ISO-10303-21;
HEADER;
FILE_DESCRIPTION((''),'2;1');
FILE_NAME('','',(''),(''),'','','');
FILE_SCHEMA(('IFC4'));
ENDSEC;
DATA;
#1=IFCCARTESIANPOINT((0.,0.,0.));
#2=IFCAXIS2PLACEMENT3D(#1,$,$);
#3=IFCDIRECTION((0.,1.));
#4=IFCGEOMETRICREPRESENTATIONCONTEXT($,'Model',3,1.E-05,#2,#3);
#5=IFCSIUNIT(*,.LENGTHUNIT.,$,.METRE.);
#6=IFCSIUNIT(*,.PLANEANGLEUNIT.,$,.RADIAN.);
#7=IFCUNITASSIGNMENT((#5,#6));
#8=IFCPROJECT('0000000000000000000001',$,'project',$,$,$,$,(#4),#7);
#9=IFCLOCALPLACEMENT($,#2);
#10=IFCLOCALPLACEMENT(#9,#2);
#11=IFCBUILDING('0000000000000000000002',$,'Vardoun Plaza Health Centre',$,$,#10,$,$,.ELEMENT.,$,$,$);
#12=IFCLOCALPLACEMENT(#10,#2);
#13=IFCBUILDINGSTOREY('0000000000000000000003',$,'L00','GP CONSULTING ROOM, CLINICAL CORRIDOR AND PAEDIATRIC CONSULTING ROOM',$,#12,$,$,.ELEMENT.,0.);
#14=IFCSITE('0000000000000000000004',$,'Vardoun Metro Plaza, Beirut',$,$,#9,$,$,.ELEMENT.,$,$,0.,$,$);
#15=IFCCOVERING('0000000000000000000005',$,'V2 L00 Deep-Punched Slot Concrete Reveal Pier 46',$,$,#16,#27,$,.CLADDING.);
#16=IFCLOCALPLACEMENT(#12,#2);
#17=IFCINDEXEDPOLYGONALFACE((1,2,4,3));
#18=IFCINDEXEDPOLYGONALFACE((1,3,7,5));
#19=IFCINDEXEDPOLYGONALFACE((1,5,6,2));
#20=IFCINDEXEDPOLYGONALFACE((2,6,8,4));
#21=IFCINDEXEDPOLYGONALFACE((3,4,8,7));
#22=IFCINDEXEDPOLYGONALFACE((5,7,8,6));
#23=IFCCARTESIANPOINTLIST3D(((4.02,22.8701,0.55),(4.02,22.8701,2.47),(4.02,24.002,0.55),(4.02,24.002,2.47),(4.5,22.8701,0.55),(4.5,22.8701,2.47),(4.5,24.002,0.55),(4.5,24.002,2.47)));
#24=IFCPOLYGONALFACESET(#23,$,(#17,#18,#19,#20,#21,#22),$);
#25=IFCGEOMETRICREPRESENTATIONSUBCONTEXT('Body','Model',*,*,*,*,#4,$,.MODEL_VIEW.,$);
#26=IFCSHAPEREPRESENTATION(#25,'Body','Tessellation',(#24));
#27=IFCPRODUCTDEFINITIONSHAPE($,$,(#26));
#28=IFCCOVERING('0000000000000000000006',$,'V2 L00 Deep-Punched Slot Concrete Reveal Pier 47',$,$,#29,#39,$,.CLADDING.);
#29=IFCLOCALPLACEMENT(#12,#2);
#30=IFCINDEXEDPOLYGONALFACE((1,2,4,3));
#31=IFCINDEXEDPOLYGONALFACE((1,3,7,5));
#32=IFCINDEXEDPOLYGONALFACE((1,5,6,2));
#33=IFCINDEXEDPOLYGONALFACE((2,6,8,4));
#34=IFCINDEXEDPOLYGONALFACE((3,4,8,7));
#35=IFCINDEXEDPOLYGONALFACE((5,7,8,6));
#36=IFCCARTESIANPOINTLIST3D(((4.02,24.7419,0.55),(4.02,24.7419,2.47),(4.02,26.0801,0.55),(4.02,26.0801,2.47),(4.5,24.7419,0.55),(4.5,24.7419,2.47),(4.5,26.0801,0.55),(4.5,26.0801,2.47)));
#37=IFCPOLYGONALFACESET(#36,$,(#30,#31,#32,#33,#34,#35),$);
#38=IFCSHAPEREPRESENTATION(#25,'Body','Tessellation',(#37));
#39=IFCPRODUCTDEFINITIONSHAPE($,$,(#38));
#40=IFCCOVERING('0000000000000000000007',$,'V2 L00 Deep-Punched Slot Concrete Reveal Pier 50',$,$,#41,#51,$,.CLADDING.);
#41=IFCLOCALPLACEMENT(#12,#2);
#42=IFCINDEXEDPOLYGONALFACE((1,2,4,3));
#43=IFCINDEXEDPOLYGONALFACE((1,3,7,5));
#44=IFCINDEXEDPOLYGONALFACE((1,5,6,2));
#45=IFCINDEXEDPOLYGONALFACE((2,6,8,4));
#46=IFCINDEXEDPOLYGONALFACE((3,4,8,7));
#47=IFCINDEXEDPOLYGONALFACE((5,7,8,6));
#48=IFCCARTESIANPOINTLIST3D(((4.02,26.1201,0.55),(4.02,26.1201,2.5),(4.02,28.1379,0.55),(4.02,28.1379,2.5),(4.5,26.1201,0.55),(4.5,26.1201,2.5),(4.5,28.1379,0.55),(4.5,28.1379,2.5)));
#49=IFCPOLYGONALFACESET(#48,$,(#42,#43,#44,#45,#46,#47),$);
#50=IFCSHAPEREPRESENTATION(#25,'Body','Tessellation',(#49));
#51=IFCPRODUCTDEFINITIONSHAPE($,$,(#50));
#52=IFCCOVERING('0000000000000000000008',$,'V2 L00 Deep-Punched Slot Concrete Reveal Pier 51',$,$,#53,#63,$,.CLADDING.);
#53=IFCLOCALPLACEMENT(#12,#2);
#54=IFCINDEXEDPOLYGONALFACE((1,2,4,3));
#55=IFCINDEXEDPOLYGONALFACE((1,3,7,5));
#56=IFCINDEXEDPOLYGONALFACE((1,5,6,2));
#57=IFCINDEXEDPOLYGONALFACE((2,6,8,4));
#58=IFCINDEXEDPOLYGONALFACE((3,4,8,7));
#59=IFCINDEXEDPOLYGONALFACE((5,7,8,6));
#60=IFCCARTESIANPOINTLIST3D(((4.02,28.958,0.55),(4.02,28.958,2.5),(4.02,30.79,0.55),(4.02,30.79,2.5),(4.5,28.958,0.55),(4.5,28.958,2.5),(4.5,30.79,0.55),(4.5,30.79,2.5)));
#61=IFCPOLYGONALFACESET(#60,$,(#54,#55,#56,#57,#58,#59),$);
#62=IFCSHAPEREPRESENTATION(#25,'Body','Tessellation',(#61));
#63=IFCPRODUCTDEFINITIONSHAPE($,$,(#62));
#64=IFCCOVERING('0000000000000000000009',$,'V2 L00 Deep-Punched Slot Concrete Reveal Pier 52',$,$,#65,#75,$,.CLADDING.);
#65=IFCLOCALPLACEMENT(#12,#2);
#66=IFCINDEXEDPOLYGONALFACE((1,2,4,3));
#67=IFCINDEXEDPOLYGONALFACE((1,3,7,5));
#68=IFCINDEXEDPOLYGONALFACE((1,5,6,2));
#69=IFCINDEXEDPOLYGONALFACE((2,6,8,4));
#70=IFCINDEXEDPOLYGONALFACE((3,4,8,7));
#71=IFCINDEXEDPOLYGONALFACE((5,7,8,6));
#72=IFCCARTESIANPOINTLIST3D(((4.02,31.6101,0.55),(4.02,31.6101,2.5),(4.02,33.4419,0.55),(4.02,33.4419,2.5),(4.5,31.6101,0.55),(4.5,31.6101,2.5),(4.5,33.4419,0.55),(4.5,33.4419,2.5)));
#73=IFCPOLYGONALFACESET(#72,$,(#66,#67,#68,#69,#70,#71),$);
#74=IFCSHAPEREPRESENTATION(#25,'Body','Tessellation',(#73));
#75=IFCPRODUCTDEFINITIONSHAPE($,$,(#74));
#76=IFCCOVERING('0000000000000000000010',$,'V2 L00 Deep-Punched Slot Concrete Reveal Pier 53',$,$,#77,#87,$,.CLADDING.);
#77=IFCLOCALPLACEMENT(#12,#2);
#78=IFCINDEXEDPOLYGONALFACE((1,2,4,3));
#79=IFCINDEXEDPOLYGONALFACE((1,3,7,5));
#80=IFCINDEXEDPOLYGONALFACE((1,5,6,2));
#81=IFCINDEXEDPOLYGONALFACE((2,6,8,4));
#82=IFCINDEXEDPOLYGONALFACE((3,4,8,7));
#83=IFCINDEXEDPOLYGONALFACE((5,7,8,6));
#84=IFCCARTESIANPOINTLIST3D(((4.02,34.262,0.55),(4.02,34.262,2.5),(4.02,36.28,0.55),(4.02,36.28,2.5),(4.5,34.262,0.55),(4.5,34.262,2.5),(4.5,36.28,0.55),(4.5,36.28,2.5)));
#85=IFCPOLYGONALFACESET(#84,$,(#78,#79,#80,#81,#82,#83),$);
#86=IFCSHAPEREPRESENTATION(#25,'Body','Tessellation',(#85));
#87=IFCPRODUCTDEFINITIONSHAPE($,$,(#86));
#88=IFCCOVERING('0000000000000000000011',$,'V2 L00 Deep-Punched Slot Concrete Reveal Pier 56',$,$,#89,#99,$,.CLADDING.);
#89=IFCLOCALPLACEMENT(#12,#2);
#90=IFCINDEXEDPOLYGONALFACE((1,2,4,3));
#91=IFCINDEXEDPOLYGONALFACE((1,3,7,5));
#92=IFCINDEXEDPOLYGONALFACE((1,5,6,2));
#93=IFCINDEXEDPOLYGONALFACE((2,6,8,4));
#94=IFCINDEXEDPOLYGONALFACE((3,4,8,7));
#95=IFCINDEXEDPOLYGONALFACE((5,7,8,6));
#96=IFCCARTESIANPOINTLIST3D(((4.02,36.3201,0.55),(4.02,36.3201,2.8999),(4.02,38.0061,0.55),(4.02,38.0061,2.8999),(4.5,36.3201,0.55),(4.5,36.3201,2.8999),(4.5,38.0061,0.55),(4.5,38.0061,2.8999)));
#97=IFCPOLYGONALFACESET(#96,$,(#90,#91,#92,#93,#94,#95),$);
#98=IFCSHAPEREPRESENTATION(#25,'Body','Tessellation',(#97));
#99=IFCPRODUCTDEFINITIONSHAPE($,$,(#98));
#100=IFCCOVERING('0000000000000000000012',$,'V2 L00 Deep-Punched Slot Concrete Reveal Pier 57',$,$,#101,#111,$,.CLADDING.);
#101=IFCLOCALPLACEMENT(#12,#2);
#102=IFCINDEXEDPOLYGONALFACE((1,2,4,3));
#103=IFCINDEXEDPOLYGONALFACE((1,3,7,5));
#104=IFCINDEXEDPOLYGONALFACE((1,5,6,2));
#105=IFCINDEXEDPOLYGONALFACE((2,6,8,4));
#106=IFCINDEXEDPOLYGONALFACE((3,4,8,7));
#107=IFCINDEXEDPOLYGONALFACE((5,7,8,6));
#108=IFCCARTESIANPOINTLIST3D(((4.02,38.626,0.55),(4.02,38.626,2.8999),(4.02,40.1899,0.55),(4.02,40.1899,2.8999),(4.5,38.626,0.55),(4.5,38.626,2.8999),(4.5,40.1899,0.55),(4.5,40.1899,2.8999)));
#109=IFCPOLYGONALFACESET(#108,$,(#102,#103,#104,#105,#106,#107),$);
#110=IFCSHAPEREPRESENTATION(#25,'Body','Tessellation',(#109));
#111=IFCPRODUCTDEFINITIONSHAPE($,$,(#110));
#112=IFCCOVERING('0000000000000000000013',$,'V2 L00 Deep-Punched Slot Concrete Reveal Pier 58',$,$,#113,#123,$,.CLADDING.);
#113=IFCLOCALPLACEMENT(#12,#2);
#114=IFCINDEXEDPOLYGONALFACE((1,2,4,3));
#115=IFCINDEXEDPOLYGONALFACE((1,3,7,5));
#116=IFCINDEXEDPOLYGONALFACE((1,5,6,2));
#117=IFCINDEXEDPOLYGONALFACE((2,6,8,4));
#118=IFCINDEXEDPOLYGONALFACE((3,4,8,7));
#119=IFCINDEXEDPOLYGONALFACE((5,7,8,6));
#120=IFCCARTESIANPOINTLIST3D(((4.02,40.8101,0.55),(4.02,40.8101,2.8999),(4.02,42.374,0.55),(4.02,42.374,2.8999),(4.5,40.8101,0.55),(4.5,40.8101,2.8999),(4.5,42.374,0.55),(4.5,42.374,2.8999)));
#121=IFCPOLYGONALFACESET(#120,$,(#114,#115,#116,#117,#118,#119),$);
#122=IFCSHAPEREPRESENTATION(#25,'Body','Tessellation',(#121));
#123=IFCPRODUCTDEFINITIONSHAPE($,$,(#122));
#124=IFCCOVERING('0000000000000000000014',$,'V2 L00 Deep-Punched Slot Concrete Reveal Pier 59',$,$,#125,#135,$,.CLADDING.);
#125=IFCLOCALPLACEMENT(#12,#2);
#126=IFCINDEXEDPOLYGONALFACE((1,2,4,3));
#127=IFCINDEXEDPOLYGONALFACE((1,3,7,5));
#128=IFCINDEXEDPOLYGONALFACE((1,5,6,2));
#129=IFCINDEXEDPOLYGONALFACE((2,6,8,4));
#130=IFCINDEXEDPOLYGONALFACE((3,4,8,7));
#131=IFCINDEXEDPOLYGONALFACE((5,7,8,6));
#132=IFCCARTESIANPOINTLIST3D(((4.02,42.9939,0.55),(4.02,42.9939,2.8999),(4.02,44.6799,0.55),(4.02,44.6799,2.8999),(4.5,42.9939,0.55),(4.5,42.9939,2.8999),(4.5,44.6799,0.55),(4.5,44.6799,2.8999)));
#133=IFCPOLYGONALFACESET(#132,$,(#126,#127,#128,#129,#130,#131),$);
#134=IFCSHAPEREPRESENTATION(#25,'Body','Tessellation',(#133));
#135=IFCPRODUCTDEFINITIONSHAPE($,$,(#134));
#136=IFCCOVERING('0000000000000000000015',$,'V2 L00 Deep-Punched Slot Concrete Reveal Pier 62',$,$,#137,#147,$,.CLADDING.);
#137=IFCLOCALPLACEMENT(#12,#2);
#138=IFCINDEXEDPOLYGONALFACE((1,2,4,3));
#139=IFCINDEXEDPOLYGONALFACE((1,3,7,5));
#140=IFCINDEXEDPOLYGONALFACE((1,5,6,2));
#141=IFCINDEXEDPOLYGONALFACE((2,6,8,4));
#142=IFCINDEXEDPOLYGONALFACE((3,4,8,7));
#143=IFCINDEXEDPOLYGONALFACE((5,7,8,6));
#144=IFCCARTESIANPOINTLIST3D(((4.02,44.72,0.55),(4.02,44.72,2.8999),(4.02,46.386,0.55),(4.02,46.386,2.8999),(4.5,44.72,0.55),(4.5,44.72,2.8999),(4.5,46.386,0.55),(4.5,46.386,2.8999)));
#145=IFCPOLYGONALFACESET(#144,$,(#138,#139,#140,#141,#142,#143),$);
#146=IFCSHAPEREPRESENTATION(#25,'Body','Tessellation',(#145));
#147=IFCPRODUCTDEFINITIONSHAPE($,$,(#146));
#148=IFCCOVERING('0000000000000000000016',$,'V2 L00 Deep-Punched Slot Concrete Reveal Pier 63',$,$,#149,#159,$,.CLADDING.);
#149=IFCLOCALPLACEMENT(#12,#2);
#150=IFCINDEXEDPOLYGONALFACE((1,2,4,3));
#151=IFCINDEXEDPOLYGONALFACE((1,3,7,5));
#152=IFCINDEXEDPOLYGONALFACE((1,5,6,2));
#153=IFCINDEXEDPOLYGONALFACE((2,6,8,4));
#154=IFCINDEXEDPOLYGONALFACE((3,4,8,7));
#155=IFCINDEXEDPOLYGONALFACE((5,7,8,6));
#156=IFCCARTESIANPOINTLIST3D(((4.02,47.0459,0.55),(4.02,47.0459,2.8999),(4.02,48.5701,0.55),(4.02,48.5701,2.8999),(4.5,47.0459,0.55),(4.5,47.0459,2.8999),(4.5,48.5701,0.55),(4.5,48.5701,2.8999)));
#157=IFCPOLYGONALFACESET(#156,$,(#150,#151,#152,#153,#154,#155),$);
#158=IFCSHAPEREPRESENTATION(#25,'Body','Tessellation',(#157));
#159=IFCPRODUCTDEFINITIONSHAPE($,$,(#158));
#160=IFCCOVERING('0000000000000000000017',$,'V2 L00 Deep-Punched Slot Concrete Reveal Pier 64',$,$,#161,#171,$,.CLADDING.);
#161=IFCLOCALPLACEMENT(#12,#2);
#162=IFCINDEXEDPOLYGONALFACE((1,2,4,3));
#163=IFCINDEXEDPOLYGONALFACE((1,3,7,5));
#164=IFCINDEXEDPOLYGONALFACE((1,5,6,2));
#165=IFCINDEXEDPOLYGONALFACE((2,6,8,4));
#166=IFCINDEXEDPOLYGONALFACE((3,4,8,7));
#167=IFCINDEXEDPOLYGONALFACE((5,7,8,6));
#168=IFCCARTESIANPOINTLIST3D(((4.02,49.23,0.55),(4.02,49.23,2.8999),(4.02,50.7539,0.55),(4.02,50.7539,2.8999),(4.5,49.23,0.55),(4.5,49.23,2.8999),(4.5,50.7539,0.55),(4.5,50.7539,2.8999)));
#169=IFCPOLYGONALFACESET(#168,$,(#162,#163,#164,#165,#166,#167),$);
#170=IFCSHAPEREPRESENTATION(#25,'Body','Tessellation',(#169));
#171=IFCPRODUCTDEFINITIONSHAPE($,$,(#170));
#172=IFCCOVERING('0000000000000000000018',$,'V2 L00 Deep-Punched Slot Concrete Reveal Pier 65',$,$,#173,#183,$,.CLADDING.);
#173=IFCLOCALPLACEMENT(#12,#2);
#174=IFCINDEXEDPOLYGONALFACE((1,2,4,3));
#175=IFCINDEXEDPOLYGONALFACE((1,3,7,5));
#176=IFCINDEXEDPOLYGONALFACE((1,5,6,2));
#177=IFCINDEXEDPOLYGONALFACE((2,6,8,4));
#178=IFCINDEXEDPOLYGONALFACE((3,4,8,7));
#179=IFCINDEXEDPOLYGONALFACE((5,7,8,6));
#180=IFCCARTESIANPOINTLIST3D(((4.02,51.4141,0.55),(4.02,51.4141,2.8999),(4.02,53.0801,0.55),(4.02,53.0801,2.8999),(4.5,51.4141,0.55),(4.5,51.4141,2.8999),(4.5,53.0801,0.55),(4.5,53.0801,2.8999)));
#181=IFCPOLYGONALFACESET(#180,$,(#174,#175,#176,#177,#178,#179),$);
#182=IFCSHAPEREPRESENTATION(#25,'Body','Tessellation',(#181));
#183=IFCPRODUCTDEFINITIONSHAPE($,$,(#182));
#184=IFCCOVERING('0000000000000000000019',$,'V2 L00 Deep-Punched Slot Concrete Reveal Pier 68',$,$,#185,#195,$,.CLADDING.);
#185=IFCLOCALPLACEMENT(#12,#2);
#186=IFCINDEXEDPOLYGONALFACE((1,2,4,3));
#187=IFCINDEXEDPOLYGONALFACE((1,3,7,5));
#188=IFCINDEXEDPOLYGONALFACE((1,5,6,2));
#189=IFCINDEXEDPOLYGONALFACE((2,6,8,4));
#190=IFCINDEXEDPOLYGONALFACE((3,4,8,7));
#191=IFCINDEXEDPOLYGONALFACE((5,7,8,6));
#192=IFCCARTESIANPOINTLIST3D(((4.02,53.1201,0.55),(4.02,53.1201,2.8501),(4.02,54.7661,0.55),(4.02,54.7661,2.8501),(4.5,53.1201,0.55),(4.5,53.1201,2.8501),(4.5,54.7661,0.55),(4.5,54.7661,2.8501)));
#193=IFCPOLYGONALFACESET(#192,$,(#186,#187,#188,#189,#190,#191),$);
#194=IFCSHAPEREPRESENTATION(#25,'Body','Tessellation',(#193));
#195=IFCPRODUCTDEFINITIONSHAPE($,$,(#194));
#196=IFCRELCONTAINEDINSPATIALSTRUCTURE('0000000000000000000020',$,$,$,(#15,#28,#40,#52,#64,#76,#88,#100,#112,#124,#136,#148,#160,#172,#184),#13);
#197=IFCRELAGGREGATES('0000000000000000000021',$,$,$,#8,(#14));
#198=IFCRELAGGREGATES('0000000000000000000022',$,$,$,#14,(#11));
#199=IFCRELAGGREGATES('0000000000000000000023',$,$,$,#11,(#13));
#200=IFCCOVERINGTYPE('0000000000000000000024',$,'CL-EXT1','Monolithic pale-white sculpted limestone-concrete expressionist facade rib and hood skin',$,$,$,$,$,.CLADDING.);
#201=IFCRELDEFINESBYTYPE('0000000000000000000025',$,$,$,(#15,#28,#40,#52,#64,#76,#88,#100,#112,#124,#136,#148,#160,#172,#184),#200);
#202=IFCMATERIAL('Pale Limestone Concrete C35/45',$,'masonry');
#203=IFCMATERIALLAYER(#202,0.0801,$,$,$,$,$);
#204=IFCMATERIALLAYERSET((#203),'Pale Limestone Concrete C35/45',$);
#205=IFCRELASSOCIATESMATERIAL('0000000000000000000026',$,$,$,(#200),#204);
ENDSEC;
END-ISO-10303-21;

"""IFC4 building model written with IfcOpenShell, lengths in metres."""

from ifc_helpers import new_model, si_unit, direction, frame, origin, place, context, subcontext, project, spatial, polyline, outline, extrude, material, layer, layer_set, type_object, element, save


model = new_model("IFC4")

# Units and contexts
model_context = context("Model", 3, precision=1e-05, world=origin(), true_north=direction((0.0, 1.0)))
body_context = subcontext(model_context, "Body", "Model", "MODEL_VIEW")
ifc_project = project(units=[si_unit("LENGTHUNIT", "METRE"), si_unit("PLANEANGLEUNIT", "RADIAN")], contexts=[model_context])

# Site, building, storey
site_placement = place(None, origin())
site = spatial("IfcSite", under=ifc_project, at=site_placement, Name="Vardoun Metro Plaza, Beirut", CompositionType="ELEMENT", RefElevation=0.0)
building_placement = place(site_placement, origin())
building = spatial("IfcBuilding", under=site, at=building_placement, Name="Vardoun Plaza Health Centre", CompositionType="ELEMENT")
storey_placement = place(building_placement, origin())
storey = spatial("IfcBuildingStorey", under=building, at=storey_placement, Name="L00", Description="GP CONSULTING ROOM, CLINICAL CORRIDOR AND PAEDIATRIC CONSULTING ROOM", CompositionType="ELEMENT", Elevation=0.0)

# Coverings
ifc_material = material(Name="Pale Limestone Concrete C35/45", Category="masonry")
ifc_layer = layer(ifc_material, 0.0801)
ifc_layer_set = layer_set([ifc_layer], Name="Pale Limestone Concrete C35/45")
covering_type = type_object("IfcCoveringType", Name="CL-EXT1", Description="Monolithic pale-white sculpted limestone-concrete expressionist facade rib and hood skin", PredefinedType="CLADDING", material=ifc_layer_set)
covering_1_placement = place(storey_placement, frame((0.0, 0.0, 0.55)))
element("IfcCovering", 1, at=covering_1_placement, inside=storey, type_object=covering_type, Name="V2 L00 Deep-Punched Slot Concrete Reveal Pier 46", PredefinedType="CLADDING", context=body_context, shape_type="SweptSolid", body=[
    extrude(outline(polyline([(4.5, 22.8701), (4.5, 24.002), (4.02, 24.002), (4.02, 22.8701), (4.5, 22.8701)])), origin(), (0.0, 0.0, 1.0), 1.9199),
])
covering_2_placement = place(storey_placement, frame((0.0, 0.0, 0.55)))
element("IfcCovering", 2, at=covering_2_placement, inside=storey, type_object=covering_type, Name="V2 L00 Deep-Punched Slot Concrete Reveal Pier 47", PredefinedType="CLADDING", context=body_context, shape_type="SweptSolid", body=[
    extrude(outline(polyline([(4.5, 24.7419), (4.5, 26.0801), (4.02, 26.0801), (4.02, 24.7419), (4.5, 24.7419)])), origin(), (0.0, 0.0, 1.0), 1.9199),
])
covering_3_placement = place(storey_placement, frame((0.0, 0.0, 0.55)))
element("IfcCovering", 3, at=covering_3_placement, inside=storey, type_object=covering_type, Name="V2 L00 Deep-Punched Slot Concrete Reveal Pier 50", PredefinedType="CLADDING", context=body_context, shape_type="SweptSolid", body=[
    extrude(outline(polyline([(4.5, 26.1201), (4.5, 28.1379), (4.02, 28.1379), (4.02, 26.1201), (4.5, 26.1201)])), origin(), (0.0, 0.0, 1.0), 1.95),
])
covering_4_placement = place(storey_placement, frame((0.0, 0.0, 0.55)))
element("IfcCovering", 4, at=covering_4_placement, inside=storey, type_object=covering_type, Name="V2 L00 Deep-Punched Slot Concrete Reveal Pier 51", PredefinedType="CLADDING", context=body_context, shape_type="SweptSolid", body=[
    extrude(outline(polyline([(4.5, 28.958), (4.5, 30.79), (4.02, 30.79), (4.02, 28.958), (4.5, 28.958)])), origin(), (0.0, 0.0, 1.0), 1.95),
])
covering_5_placement = place(storey_placement, frame((0.0, 0.0, 0.55)))
element("IfcCovering", 5, at=covering_5_placement, inside=storey, type_object=covering_type, Name="V2 L00 Deep-Punched Slot Concrete Reveal Pier 52", PredefinedType="CLADDING", context=body_context, shape_type="SweptSolid", body=[
    extrude(outline(polyline([(4.5, 31.6101), (4.5, 33.4419), (4.02, 33.4419), (4.02, 31.6101), (4.5, 31.6101)])), origin(), (0.0, 0.0, 1.0), 1.95),
])
covering_6_placement = place(storey_placement, frame((0.0, 0.0, 0.55)))
element("IfcCovering", 6, at=covering_6_placement, inside=storey, type_object=covering_type, Name="V2 L00 Deep-Punched Slot Concrete Reveal Pier 53", PredefinedType="CLADDING", context=body_context, shape_type="SweptSolid", body=[
    extrude(outline(polyline([(4.5, 34.262), (4.5, 36.28), (4.02, 36.28), (4.02, 34.262), (4.5, 34.262)])), origin(), (0.0, 0.0, 1.0), 1.95),
])
covering_7_placement = place(storey_placement, frame((0.0, 0.0, 0.55)))
element("IfcCovering", 7, at=covering_7_placement, inside=storey, type_object=covering_type, Name="V2 L00 Deep-Punched Slot Concrete Reveal Pier 56", PredefinedType="CLADDING", context=body_context, shape_type="SweptSolid", body=[
    extrude(outline(polyline([(4.5, 36.3201), (4.5, 38.0061), (4.02, 38.0061), (4.02, 36.3201), (4.5, 36.3201)])), origin(), (0.0, 0.0, 1.0), 2.3499),
])
covering_8_placement = place(storey_placement, frame((0.0, 0.0, 0.55)))
element("IfcCovering", 8, at=covering_8_placement, inside=storey, type_object=covering_type, Name="V2 L00 Deep-Punched Slot Concrete Reveal Pier 57", PredefinedType="CLADDING", context=body_context, shape_type="SweptSolid", body=[
    extrude(outline(polyline([(4.5, 38.626), (4.5, 40.1899), (4.02, 40.1899), (4.02, 38.626), (4.5, 38.626)])), origin(), (0.0, 0.0, 1.0), 2.3499),
])
covering_9_placement = place(storey_placement, frame((0.0, 0.0, 0.55)))
element("IfcCovering", 9, at=covering_9_placement, inside=storey, type_object=covering_type, Name="V2 L00 Deep-Punched Slot Concrete Reveal Pier 58", PredefinedType="CLADDING", context=body_context, shape_type="SweptSolid", body=[
    extrude(outline(polyline([(4.5, 40.8101), (4.5, 42.374), (4.02, 42.374), (4.02, 40.8101), (4.5, 40.8101)])), origin(), (0.0, 0.0, 1.0), 2.3499),
])
covering_10_placement = place(storey_placement, frame((0.0, 0.0, 0.55)))
element("IfcCovering", 10, at=covering_10_placement, inside=storey, type_object=covering_type, Name="V2 L00 Deep-Punched Slot Concrete Reveal Pier 59", PredefinedType="CLADDING", context=body_context, shape_type="SweptSolid", body=[
    extrude(outline(polyline([(4.5, 42.9939), (4.5, 44.6799), (4.02, 44.6799), (4.02, 42.9939), (4.5, 42.9939)])), origin(), (0.0, 0.0, 1.0), 2.3499),
])
covering_11_placement = place(storey_placement, frame((0.0, 0.0, 0.55)))
element("IfcCovering", 11, at=covering_11_placement, inside=storey, type_object=covering_type, Name="V2 L00 Deep-Punched Slot Concrete Reveal Pier 62", PredefinedType="CLADDING", context=body_context, shape_type="SweptSolid", body=[
    extrude(outline(polyline([(4.5, 44.72), (4.5, 46.386), (4.02, 46.386), (4.02, 44.72), (4.5, 44.72)])), origin(), (0.0, 0.0, 1.0), 2.3499),
])
covering_12_placement = place(storey_placement, frame((0.0, 0.0, 0.55)))
element("IfcCovering", 12, at=covering_12_placement, inside=storey, type_object=covering_type, Name="V2 L00 Deep-Punched Slot Concrete Reveal Pier 63", PredefinedType="CLADDING", context=body_context, shape_type="SweptSolid", body=[
    extrude(outline(polyline([(4.5, 47.0459), (4.5, 48.5701), (4.02, 48.5701), (4.02, 47.0459), (4.5, 47.0459)])), origin(), (0.0, 0.0, 1.0), 2.3499),
])
covering_13_placement = place(storey_placement, frame((0.0, 0.0, 0.55)))
element("IfcCovering", 13, at=covering_13_placement, inside=storey, type_object=covering_type, Name="V2 L00 Deep-Punched Slot Concrete Reveal Pier 64", PredefinedType="CLADDING", context=body_context, shape_type="SweptSolid", body=[
    extrude(outline(polyline([(4.5, 49.23), (4.5, 50.7539), (4.02, 50.7539), (4.02, 49.23), (4.5, 49.23)])), origin(), (0.0, 0.0, 1.0), 2.3499),
])
covering_14_placement = place(storey_placement, frame((0.0, 0.0, 0.55)))
element("IfcCovering", 14, at=covering_14_placement, inside=storey, type_object=covering_type, Name="V2 L00 Deep-Punched Slot Concrete Reveal Pier 65", PredefinedType="CLADDING", context=body_context, shape_type="SweptSolid", body=[
    extrude(outline(polyline([(4.5, 51.4141), (4.5, 53.0801), (4.02, 53.0801), (4.02, 51.4141), (4.5, 51.4141)])), origin(), (0.0, 0.0, 1.0), 2.3499),
])
covering_15_placement = place(storey_placement, frame((0.0, 0.0, 0.55)))
element("IfcCovering", 15, at=covering_15_placement, inside=storey, type_object=covering_type, Name="V2 L00 Deep-Punched Slot Concrete Reveal Pier 68", PredefinedType="CLADDING", context=body_context, shape_type="SweptSolid", body=[
    extrude(outline(polyline([(4.5, 53.1201), (4.5, 54.7661), (4.02, 54.7661), (4.02, 53.1201), (4.5, 53.1201)])), origin(), (0.0, 0.0, 1.0), 2.3),
])

save(model, "model.ifc")
